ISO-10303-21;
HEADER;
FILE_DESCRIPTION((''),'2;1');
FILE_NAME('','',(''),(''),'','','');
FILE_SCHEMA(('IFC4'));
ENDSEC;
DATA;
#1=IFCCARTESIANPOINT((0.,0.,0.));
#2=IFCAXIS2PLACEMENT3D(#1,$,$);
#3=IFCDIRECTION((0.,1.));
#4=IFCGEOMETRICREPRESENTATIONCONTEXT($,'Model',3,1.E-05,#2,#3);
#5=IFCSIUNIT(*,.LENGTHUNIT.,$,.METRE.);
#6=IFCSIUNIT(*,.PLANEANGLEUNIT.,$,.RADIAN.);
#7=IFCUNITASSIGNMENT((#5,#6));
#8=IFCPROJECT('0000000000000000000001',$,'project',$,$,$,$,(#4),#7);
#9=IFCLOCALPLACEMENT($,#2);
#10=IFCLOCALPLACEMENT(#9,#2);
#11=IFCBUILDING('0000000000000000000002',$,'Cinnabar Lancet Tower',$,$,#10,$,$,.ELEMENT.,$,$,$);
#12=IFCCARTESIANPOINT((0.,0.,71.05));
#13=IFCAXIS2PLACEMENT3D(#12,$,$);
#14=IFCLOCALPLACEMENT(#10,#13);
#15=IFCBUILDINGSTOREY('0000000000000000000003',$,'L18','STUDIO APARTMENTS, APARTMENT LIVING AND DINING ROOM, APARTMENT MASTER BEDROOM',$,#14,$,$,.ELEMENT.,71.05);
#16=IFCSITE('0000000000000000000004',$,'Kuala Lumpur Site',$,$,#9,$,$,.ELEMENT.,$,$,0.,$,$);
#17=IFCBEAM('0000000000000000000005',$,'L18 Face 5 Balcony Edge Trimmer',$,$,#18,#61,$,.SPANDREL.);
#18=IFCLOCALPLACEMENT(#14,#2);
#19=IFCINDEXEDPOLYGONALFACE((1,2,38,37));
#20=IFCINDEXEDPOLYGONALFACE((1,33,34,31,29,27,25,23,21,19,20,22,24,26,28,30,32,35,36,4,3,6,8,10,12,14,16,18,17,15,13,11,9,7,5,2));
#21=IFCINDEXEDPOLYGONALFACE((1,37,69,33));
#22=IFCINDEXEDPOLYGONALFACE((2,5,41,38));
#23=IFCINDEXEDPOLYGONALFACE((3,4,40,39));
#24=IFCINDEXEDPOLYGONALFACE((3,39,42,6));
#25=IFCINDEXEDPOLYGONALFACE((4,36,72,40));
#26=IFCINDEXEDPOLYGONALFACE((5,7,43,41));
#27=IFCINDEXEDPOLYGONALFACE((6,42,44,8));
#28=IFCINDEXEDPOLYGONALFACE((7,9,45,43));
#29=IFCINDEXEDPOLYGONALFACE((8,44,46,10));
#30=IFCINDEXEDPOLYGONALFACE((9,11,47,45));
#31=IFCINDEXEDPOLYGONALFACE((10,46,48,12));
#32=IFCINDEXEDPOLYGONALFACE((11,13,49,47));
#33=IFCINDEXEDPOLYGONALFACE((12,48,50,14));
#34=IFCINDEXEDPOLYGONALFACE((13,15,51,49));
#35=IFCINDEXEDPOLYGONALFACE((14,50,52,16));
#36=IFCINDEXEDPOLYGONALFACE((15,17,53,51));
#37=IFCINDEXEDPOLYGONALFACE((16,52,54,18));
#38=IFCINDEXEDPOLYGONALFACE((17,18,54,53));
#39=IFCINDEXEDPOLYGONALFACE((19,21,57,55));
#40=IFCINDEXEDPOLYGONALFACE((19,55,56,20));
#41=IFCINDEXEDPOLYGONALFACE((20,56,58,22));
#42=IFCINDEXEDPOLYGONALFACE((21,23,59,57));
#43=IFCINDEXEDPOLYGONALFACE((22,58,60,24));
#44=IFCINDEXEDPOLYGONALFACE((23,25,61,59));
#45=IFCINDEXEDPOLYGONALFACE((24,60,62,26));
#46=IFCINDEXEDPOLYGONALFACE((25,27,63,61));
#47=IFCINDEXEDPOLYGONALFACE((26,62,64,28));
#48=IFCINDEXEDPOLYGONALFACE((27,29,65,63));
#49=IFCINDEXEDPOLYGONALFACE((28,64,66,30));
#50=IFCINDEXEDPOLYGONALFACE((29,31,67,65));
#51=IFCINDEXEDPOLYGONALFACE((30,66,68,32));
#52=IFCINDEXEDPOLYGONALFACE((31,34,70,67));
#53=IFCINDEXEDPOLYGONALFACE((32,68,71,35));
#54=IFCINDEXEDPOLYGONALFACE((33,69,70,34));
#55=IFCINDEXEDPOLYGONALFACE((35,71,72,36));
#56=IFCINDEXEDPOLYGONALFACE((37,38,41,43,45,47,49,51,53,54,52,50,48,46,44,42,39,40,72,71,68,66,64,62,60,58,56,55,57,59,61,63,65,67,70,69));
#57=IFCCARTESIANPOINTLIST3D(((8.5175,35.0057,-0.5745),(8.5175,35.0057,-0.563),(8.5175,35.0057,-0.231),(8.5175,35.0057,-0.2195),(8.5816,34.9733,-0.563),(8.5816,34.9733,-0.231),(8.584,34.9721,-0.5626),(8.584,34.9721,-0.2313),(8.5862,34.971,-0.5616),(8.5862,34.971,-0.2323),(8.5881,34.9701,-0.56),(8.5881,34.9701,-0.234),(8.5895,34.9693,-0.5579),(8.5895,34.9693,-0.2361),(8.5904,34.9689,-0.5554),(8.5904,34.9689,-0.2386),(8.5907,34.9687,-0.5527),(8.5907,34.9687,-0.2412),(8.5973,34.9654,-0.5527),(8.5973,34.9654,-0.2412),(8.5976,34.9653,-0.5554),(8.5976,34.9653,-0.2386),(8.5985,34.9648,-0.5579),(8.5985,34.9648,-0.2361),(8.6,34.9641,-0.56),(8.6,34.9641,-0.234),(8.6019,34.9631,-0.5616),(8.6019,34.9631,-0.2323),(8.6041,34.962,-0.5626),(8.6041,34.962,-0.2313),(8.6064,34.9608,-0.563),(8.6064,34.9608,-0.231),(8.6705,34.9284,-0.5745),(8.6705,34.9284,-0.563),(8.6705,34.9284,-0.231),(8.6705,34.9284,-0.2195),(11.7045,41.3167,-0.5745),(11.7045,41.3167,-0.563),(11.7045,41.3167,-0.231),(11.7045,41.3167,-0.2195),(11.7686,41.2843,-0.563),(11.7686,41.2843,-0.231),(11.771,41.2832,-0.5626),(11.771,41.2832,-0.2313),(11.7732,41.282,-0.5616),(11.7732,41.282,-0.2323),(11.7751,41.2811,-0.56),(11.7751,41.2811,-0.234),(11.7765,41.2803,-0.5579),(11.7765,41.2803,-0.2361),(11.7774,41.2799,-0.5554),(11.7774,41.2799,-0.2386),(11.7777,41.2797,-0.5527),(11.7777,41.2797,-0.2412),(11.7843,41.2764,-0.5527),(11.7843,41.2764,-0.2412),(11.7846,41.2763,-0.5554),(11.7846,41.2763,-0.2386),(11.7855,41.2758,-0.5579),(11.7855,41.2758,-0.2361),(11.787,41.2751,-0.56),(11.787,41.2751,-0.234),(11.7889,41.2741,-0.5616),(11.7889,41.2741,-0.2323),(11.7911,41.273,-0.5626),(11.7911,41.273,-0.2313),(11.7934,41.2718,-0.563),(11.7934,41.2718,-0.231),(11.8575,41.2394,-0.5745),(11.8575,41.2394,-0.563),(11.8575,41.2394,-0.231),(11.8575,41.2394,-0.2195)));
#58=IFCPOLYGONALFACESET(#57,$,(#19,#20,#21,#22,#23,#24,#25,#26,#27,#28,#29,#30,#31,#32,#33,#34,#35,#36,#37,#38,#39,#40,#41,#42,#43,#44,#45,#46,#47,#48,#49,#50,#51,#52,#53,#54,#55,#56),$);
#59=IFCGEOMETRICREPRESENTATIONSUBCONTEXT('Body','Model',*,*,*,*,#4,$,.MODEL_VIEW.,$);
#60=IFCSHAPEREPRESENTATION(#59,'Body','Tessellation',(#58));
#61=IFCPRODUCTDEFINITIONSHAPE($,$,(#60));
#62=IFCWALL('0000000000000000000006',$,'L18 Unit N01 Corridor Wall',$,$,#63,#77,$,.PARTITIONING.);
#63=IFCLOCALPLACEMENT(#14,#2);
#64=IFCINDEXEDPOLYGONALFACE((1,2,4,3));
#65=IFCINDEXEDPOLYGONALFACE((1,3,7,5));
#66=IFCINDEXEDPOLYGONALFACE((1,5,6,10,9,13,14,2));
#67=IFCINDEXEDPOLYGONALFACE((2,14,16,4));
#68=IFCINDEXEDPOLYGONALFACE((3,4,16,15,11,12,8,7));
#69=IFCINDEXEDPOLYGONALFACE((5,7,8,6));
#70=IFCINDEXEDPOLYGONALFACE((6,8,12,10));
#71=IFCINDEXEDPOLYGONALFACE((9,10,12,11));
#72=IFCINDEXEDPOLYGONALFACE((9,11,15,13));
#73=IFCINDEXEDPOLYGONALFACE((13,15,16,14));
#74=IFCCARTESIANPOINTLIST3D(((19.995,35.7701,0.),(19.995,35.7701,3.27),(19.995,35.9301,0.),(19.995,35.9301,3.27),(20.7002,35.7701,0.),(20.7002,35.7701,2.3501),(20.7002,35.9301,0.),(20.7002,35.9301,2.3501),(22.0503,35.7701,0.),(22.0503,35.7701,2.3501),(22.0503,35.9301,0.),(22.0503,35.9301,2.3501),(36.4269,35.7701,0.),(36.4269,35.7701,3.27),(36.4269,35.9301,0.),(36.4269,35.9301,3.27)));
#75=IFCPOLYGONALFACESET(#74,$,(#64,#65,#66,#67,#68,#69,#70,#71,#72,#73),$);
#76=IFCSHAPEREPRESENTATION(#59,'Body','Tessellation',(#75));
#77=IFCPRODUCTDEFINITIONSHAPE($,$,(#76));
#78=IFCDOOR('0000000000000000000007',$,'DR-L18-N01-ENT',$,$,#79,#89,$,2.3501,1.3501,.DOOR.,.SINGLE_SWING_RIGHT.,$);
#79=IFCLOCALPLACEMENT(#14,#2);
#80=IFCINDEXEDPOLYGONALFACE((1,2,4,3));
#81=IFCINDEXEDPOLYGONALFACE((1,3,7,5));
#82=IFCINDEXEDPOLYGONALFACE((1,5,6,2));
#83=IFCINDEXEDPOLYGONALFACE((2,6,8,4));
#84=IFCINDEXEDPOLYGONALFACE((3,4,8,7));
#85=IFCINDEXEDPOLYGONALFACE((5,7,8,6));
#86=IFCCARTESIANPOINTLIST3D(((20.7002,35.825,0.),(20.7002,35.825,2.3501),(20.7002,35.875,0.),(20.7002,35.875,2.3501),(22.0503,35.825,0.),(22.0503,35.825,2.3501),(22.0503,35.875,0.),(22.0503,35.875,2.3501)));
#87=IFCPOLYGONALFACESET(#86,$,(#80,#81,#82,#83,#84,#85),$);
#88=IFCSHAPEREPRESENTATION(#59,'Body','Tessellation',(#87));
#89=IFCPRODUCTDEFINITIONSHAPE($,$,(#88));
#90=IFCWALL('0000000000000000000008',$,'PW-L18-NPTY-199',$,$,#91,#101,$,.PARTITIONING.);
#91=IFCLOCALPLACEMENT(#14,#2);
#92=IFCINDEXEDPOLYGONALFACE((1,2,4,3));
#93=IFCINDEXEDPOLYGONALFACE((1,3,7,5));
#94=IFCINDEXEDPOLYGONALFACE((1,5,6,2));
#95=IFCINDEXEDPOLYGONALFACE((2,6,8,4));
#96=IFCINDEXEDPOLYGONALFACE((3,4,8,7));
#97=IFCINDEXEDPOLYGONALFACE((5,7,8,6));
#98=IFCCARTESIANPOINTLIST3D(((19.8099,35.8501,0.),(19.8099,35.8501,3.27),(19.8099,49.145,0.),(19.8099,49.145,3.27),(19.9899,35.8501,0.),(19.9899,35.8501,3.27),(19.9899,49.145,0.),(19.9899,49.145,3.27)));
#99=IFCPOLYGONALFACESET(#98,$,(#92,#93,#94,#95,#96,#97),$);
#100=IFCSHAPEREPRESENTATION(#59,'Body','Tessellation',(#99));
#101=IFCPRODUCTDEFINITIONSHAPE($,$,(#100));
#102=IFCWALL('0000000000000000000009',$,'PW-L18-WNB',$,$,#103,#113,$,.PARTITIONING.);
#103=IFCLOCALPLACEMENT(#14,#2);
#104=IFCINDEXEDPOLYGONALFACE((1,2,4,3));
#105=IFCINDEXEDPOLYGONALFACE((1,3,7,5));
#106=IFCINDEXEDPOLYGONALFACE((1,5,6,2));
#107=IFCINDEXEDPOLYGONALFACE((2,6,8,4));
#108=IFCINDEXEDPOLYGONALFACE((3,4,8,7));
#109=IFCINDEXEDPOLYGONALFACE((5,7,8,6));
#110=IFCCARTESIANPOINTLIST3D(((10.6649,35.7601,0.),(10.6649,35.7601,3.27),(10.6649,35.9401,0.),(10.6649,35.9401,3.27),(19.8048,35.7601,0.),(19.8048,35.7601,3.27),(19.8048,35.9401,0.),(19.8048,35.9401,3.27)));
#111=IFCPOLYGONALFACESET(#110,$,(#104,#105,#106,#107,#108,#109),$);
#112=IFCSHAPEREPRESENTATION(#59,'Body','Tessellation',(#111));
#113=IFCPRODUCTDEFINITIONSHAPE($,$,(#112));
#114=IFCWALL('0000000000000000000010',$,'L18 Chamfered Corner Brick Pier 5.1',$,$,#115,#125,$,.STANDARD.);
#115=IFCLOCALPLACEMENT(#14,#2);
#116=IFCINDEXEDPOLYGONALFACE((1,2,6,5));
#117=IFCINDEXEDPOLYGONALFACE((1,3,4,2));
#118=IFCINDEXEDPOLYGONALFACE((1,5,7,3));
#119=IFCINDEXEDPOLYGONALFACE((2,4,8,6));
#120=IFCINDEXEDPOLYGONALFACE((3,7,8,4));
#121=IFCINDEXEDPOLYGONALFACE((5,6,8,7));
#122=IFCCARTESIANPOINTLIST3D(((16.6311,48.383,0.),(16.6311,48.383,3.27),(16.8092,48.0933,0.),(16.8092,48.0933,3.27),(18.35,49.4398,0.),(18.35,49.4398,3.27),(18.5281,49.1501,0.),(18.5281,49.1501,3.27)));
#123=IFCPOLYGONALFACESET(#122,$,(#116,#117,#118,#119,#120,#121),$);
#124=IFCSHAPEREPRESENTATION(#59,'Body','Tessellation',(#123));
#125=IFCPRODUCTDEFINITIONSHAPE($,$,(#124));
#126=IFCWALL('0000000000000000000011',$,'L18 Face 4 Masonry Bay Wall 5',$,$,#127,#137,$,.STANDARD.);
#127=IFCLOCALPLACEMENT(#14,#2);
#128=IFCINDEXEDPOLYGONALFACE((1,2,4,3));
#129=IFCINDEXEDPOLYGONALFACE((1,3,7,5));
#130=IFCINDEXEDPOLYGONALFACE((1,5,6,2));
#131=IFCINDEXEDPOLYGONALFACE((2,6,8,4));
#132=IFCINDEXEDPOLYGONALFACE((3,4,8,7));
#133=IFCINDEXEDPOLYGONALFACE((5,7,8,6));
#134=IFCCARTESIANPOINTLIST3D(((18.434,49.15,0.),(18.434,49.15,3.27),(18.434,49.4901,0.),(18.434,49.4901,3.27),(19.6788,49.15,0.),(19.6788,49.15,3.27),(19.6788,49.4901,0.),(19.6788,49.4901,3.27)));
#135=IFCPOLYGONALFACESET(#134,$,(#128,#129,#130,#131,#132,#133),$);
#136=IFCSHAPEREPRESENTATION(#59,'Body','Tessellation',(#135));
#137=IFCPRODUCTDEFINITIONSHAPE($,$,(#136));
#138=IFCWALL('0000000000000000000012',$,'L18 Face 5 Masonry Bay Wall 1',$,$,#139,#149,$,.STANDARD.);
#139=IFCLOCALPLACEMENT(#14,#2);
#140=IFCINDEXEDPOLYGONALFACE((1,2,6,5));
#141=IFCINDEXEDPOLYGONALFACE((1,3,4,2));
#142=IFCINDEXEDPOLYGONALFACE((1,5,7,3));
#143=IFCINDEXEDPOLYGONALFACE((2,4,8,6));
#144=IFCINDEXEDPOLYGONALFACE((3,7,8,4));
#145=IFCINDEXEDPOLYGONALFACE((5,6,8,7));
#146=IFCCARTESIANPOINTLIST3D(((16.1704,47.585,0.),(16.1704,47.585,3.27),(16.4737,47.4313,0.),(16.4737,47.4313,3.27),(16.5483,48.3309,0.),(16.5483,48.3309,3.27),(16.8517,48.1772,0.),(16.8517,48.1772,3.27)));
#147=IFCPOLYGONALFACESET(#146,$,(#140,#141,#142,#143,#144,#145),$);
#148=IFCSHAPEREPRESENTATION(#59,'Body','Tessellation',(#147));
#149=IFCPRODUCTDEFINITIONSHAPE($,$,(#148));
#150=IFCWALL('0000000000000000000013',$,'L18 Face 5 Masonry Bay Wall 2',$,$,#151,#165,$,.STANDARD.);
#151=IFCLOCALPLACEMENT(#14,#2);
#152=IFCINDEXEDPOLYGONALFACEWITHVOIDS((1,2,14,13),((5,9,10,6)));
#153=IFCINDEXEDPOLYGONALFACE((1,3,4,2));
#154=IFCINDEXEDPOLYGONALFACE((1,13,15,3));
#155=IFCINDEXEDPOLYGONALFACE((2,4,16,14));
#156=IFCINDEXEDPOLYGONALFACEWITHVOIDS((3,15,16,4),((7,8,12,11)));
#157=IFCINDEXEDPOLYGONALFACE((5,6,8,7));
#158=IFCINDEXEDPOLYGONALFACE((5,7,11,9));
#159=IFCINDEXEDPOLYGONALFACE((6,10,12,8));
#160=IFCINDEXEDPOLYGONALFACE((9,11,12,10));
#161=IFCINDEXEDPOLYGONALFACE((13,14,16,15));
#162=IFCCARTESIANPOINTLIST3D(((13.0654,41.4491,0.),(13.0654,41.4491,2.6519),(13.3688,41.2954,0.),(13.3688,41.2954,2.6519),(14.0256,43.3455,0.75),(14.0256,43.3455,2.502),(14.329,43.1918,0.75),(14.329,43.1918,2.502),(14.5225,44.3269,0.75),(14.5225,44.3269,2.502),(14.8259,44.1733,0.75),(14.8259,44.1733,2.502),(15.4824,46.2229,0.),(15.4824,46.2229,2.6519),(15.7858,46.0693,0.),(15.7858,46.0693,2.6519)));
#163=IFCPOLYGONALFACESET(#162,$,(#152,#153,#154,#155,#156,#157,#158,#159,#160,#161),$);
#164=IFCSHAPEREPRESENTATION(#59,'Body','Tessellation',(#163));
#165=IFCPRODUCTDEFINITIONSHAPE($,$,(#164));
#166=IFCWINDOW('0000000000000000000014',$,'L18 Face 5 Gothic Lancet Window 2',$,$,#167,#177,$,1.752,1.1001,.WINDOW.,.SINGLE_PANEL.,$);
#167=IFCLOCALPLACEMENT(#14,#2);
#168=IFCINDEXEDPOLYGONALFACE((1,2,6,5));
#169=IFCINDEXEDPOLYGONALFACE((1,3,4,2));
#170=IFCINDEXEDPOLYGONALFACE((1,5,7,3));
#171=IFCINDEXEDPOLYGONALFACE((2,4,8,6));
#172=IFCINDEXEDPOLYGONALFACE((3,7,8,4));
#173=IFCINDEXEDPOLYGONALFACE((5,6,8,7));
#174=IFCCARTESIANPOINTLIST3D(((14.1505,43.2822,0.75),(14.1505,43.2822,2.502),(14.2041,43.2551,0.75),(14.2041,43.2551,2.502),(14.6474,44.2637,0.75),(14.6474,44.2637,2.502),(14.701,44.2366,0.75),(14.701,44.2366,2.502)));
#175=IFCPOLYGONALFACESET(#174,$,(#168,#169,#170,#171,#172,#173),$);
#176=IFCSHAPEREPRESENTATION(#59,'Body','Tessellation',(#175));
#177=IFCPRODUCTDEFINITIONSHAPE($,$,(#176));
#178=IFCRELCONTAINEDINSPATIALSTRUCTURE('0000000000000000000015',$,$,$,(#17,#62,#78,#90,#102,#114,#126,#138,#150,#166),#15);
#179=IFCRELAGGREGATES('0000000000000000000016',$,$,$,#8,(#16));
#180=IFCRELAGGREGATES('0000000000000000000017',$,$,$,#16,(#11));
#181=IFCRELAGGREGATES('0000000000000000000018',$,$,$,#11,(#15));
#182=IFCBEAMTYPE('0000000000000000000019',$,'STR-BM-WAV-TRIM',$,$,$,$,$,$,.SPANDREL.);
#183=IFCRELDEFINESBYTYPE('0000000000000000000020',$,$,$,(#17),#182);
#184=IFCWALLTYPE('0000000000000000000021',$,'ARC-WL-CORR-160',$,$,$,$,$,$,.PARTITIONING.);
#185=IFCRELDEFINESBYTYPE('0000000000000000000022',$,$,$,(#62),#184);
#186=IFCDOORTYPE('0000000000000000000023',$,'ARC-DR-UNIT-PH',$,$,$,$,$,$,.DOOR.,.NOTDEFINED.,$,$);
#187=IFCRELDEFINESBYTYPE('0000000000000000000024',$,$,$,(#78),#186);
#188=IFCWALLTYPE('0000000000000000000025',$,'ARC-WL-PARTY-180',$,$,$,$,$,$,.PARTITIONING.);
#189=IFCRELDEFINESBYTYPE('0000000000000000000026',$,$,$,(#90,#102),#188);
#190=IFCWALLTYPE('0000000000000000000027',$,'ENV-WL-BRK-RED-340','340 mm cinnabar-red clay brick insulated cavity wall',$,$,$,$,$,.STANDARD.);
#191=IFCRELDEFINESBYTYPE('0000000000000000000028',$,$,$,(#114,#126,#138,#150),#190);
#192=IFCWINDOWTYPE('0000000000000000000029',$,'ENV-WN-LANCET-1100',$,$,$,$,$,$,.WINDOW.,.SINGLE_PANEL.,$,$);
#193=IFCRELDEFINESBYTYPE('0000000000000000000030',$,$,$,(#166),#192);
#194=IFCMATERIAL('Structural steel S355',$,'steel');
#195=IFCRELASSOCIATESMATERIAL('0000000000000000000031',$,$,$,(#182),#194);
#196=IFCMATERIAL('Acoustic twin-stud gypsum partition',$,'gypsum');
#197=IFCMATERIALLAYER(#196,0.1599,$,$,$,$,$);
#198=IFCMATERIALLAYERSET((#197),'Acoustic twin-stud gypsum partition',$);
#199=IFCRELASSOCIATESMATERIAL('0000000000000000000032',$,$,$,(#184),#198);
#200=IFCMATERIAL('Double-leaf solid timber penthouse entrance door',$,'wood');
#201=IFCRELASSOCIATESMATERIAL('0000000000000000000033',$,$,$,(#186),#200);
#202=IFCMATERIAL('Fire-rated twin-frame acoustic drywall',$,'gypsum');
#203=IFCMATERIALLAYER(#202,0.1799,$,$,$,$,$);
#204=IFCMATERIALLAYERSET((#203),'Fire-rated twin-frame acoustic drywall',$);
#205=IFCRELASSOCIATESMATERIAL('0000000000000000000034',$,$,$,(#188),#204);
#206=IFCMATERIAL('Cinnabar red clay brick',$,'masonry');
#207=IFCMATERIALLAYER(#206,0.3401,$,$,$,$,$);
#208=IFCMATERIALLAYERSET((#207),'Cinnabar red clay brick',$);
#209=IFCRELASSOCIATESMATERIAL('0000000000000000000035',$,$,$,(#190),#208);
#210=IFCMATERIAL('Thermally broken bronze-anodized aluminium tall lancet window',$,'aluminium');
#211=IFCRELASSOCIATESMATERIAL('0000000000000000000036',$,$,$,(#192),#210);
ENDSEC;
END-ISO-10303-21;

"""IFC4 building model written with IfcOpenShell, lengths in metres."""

from ifc_helpers import new_model, si_unit, direction, frame, frame_2d, origin, origin_2d, place, context, subcontext, project, spatial, rectangle, i_section, extrude, material, layer, layer_set, material_profile, profile_set, type_object, element, fill, save


model = new_model("IFC4")

# Units and contexts
model_context = context("Model", 3, precision=1e-05, world=origin(), true_north=direction((0.0, 1.0)))
body_context = subcontext(model_context, "Body", "Model", "MODEL_VIEW")
ifc_project = project(units=[si_unit("LENGTHUNIT", "METRE"), si_unit("PLANEANGLEUNIT", "RADIAN")], contexts=[model_context])

# Site, building, storey
site_placement = place(None, origin())
site = spatial("IfcSite", under=ifc_project, at=site_placement, Name="Kuala Lumpur Site", CompositionType="ELEMENT", RefElevation=0.0)
building_placement = place(site_placement, origin())
building = spatial("IfcBuilding", under=site, at=building_placement, Name="Cinnabar Lancet Tower", CompositionType="ELEMENT")
storey_placement = place(building_placement, frame((0.0, 0.0, 71.05)))
storey = spatial("IfcBuildingStorey", under=building, at=storey_placement, Name="L18", Description="STUDIO APARTMENTS, APARTMENT LIVING AND DINING ROOM, APARTMENT MASTER BEDROOM", CompositionType="ELEMENT", Elevation=71.05)

# Beam
ifc_material_1 = material(Name="Structural steel S355", Category="steel")
ifc_material_profile_1 = material_profile(ifc_material_1, i_section(OverallWidth=0.1714, OverallDepth=0.355, WebThickness=0.0073, FlangeThickness=0.0115, FilletRadius=0.0103, at=origin_2d()), Name="UKB 356x171x51")
ifc_profile_set_1 = profile_set([ifc_material_profile_1], Name="Structural steel S355")
beam_type_1 = type_object("IfcBeamType", Name="STR-BM-WAV-TRIM", PredefinedType="SPANDREL", material=ifc_profile_set_1)
beam_1_placement = place(storey_placement, frame((11.781, 41.2781, -0.397), z_axis=(-0.450774, -0.892638, 0.0), x_axis=(0.892638, -0.450774, 0.0)))
element("IfcBeam", 1, at=beam_1_placement, inside=storey, type_object=beam_type_1, Name="L18 Face 5 Balcony Edge Trimmer", PredefinedType="SPANDREL", context=body_context, shape_type="SweptSolid", body=[
    extrude(i_section(OverallWidth=0.1714, OverallDepth=0.355, WebThickness=0.0073, FlangeThickness=0.0115, FilletRadius=0.0103, at=origin_2d()), origin(), (0.0, 0.0, 1.0), 7.0701),
])

# Wall, opening, door
ifc_material_2 = material(Name="Acoustic twin-stud gypsum partition", Category="gypsum")
ifc_layer_1 = layer(ifc_material_2, 0.1599)
ifc_layer_set_1 = layer_set([ifc_layer_1], Name="Acoustic twin-stud gypsum partition")
wall_type_1 = type_object("IfcWallType", Name="ARC-WL-CORR-160", PredefinedType="PARTITIONING", material=ifc_layer_set_1)
wall_1_placement = place(storey_placement, frame((19.9951, 35.8501, 0.0), z_axis=(0.0, 0.0, 1.0), x_axis=(1.0, 0.0, 0.0)))
wall_1 = element("IfcWall", 2, at=wall_1_placement, inside=storey, type_object=wall_type_1, Name="L18 Unit N01 Corridor Wall", PredefinedType="PARTITIONING", context=body_context, shape_type="SweptSolid", body=[
    extrude(rectangle(XDim=16.4319, YDim=0.1599, at=frame_2d((8.2158, 0.0))), origin(), (0.0, 0.0, 1.0), 3.27),
])
opening_1_placement = place(wall_1_placement, frame((0.7051, 0.0, 0.0)))
opening_1 = element("IfcOpeningElement", 3, at=opening_1_placement, cuts=wall_1, PredefinedType="OPENING", context=body_context, shape_type="SweptSolid", body=[
    extrude(rectangle(XDim=1.3501, YDim=2.3501, at=frame_2d((0.675, 1.175))), frame((0.0, 0.0898, 0.0), z_axis=(0.0, -1.0, 0.0), x_axis=(1.0, 0.0, 0.0)), (0.0, 0.0, 1.0), 0.1799),
])
ifc_material_3 = material(Name="Double-leaf solid timber penthouse entrance door", Category="wood")
door_type_1 = type_object("IfcDoorType", Name="ARC-DR-UNIT-PH", OperationType="NOTDEFINED", PredefinedType="DOOR", material=ifc_material_3)
door_1_placement = place(opening_1_placement, origin())
door_1 = element("IfcDoor", 4, at=door_1_placement, inside=storey, type_object=door_type_1, Name="DR-L18-N01-ENT", OperationType="SINGLE_SWING_RIGHT", OverallHeight=2.3501, OverallWidth=1.3501, PredefinedType="DOOR", context=body_context, shape_type="SweptSolid", body=[
    extrude(rectangle(XDim=1.3501, YDim=2.3501, at=frame_2d((0.675, 1.175))), frame((0.0, 0.0249, 0.0), z_axis=(0.0, -1.0, 0.0), x_axis=(1.0, 0.0, 0.0)), (0.0, 0.0, 1.0), 0.05),
])
fill(opening_1, door_1)

# Walls
ifc_material_4 = material(Name="Fire-rated twin-frame acoustic drywall", Category="gypsum")
ifc_layer_2 = layer(ifc_material_4, 0.1799)
ifc_layer_set_2 = layer_set([ifc_layer_2], Name="Fire-rated twin-frame acoustic drywall")
wall_type_2 = type_object("IfcWallType", Name="ARC-WL-PARTY-180", PredefinedType="PARTITIONING", material=ifc_layer_set_2)
wall_2_placement = place(storey_placement, frame((19.8999, 35.8501, 0.0), z_axis=(0.0, 0.0, 1.0), x_axis=(0.0, 1.0, 0.0)))
element("IfcWall", 5, at=wall_2_placement, inside=storey, type_object=wall_type_2, Name="PW-L18-NPTY-199", PredefinedType="PARTITIONING", context=body_context, shape_type="SweptSolid", body=[
    extrude(rectangle(XDim=13.2949, YDim=0.1799, at=frame_2d((6.6475, 0.0))), origin(), (0.0, 0.0, 1.0), 3.27),
])
wall_3_placement = place(storey_placement, frame((10.665, 35.8501, 0.0), z_axis=(0.0, 0.0, 1.0), x_axis=(1.0, 0.0, 0.0)))
element("IfcWall", 6, at=wall_3_placement, inside=storey, type_object=wall_type_2, Name="PW-L18-WNB", PredefinedType="PARTITIONING", context=body_context, shape_type="SweptSolid", body=[
    extrude(rectangle(XDim=9.1399, YDim=0.1799, at=frame_2d((4.5698, 0.0))), origin(), (0.0, 0.0, 1.0), 3.27),
])
ifc_material_5 = material(Name="Cinnabar red clay brick", Category="masonry")
ifc_layer_3 = layer(ifc_material_5, 0.3401)
ifc_layer_set_3 = layer_set([ifc_layer_3], Name="Cinnabar red clay brick")
wall_type_3 = type_object("IfcWallType", Name="ENV-WL-BRK-RED-340", Description="340 mm cinnabar-red clay brick insulated cavity wall", PredefinedType="STANDARD", material=ifc_layer_set_3)
wall_4_placement = place(storey_placement, frame((18.439, 49.2949, 0.0), z_axis=(0.0, 0.0, 1.0), x_axis=(-0.85187, -0.523753, 0.0)))
element("IfcWall", 7, at=wall_4_placement, inside=storey, type_object=wall_type_3, Name="L18 Chamfered Corner Brick Pier 5.1", PredefinedType="STANDARD", context=body_context, shape_type="SweptSolid", body=[
    extrude(rectangle(XDim=2.0178, YDim=0.3401, at=frame_2d((1.0088, 0.0))), origin(), (0.0, 0.0, 1.0), 3.27),
])
wall_5_placement = place(storey_placement, frame((19.679, 49.3201, 0.0), z_axis=(0.0, 0.0, 1.0), x_axis=(-1.0, 0.0, 0.0)))
element("IfcWall", 8, at=wall_5_placement, inside=storey, type_object=wall_type_3, Name="L18 Face 4 Masonry Bay Wall 5", PredefinedType="STANDARD", context=body_context, shape_type="SweptSolid", body=[
    extrude(rectangle(XDim=1.2449, YDim=0.3401, at=frame_2d((0.6226, 0.0))), origin(), (0.0, 0.0, 1.0), 3.27),
])
wall_6_placement = place(storey_placement, frame((16.7, 48.2539, 0.0), z_axis=(0.0, 0.0, 1.0), x_axis=(-0.451996, -0.89202, 0.0)))
element("IfcWall", 9, at=wall_6_placement, inside=storey, type_object=wall_type_3, Name="L18 Face 5 Masonry Bay Wall 1", PredefinedType="STANDARD", context=body_context, shape_type="SweptSolid", body=[
    extrude(rectangle(XDim=0.8362, YDim=0.3401, at=frame_2d((0.418, 0.0))), origin(), (0.0, 0.0, 1.0), 3.27),
])

# Wall, opening, window
wall_7_placement = place(storey_placement, frame((15.634, 46.146, 0.0), z_axis=(0.0, 0.0, 1.0), x_axis=(-0.451698, -0.892171, 0.0)))
wall_7 = element("IfcWall", 10, at=wall_7_placement, inside=storey, type_object=wall_type_3, Name="L18 Face 5 Masonry Bay Wall 2", PredefinedType="STANDARD", context=body_context, shape_type="SweptSolid", body=[
    extrude(rectangle(XDim=5.3508, YDim=0.3401, at=frame_2d((2.6753, 0.0))), origin(), (0.0, 0.0, 1.0), 2.6519),
])
opening_2_placement = place(wall_7_placement, frame((2.125, 0.0, 0.75)))
opening_2 = element("IfcOpeningElement", 11, at=opening_2_placement, cuts=wall_7, PredefinedType="OPENING", context=body_context, shape_type="SweptSolid", body=[
    extrude(rectangle(XDim=1.1001, YDim=1.752, at=frame_2d((0.55, 0.876))), frame((0.0, 0.1799, 0.0), z_axis=(0.0, -1.0, 0.0), x_axis=(1.0, 0.0, 0.0)), (0.0, 0.0, 1.0), 0.3601),
])
ifc_material_6 = material(Name="Thermally broken bronze-anodized aluminium tall lancet window", Category="aluminium")
window_type = type_object("IfcWindowType", Name="ENV-WN-LANCET-1100", PartitioningType="SINGLE_PANEL", PredefinedType="WINDOW", material=ifc_material_6)
window_placement = place(opening_2_placement, origin())
window = element("IfcWindow", 12, at=window_placement, inside=storey, type_object=window_type, Name="L18 Face 5 Gothic Lancet Window 2", OverallHeight=1.752, OverallWidth=1.1001, PartitioningType="SINGLE_PANEL", PredefinedType="WINDOW", context=body_context, shape_type="SweptSolid", body=[
    extrude(rectangle(XDim=1.1001, YDim=1.752, at=frame_2d((0.55, 0.876))), frame((0.0, 0.03, 0.0), z_axis=(0.0, -1.0, 0.0), x_axis=(1.0, 0.0, 0.0)), (0.0, 0.0, 1.0), 0.0601),
])
fill(opening_2, window)

save(model, "model.ifc")
